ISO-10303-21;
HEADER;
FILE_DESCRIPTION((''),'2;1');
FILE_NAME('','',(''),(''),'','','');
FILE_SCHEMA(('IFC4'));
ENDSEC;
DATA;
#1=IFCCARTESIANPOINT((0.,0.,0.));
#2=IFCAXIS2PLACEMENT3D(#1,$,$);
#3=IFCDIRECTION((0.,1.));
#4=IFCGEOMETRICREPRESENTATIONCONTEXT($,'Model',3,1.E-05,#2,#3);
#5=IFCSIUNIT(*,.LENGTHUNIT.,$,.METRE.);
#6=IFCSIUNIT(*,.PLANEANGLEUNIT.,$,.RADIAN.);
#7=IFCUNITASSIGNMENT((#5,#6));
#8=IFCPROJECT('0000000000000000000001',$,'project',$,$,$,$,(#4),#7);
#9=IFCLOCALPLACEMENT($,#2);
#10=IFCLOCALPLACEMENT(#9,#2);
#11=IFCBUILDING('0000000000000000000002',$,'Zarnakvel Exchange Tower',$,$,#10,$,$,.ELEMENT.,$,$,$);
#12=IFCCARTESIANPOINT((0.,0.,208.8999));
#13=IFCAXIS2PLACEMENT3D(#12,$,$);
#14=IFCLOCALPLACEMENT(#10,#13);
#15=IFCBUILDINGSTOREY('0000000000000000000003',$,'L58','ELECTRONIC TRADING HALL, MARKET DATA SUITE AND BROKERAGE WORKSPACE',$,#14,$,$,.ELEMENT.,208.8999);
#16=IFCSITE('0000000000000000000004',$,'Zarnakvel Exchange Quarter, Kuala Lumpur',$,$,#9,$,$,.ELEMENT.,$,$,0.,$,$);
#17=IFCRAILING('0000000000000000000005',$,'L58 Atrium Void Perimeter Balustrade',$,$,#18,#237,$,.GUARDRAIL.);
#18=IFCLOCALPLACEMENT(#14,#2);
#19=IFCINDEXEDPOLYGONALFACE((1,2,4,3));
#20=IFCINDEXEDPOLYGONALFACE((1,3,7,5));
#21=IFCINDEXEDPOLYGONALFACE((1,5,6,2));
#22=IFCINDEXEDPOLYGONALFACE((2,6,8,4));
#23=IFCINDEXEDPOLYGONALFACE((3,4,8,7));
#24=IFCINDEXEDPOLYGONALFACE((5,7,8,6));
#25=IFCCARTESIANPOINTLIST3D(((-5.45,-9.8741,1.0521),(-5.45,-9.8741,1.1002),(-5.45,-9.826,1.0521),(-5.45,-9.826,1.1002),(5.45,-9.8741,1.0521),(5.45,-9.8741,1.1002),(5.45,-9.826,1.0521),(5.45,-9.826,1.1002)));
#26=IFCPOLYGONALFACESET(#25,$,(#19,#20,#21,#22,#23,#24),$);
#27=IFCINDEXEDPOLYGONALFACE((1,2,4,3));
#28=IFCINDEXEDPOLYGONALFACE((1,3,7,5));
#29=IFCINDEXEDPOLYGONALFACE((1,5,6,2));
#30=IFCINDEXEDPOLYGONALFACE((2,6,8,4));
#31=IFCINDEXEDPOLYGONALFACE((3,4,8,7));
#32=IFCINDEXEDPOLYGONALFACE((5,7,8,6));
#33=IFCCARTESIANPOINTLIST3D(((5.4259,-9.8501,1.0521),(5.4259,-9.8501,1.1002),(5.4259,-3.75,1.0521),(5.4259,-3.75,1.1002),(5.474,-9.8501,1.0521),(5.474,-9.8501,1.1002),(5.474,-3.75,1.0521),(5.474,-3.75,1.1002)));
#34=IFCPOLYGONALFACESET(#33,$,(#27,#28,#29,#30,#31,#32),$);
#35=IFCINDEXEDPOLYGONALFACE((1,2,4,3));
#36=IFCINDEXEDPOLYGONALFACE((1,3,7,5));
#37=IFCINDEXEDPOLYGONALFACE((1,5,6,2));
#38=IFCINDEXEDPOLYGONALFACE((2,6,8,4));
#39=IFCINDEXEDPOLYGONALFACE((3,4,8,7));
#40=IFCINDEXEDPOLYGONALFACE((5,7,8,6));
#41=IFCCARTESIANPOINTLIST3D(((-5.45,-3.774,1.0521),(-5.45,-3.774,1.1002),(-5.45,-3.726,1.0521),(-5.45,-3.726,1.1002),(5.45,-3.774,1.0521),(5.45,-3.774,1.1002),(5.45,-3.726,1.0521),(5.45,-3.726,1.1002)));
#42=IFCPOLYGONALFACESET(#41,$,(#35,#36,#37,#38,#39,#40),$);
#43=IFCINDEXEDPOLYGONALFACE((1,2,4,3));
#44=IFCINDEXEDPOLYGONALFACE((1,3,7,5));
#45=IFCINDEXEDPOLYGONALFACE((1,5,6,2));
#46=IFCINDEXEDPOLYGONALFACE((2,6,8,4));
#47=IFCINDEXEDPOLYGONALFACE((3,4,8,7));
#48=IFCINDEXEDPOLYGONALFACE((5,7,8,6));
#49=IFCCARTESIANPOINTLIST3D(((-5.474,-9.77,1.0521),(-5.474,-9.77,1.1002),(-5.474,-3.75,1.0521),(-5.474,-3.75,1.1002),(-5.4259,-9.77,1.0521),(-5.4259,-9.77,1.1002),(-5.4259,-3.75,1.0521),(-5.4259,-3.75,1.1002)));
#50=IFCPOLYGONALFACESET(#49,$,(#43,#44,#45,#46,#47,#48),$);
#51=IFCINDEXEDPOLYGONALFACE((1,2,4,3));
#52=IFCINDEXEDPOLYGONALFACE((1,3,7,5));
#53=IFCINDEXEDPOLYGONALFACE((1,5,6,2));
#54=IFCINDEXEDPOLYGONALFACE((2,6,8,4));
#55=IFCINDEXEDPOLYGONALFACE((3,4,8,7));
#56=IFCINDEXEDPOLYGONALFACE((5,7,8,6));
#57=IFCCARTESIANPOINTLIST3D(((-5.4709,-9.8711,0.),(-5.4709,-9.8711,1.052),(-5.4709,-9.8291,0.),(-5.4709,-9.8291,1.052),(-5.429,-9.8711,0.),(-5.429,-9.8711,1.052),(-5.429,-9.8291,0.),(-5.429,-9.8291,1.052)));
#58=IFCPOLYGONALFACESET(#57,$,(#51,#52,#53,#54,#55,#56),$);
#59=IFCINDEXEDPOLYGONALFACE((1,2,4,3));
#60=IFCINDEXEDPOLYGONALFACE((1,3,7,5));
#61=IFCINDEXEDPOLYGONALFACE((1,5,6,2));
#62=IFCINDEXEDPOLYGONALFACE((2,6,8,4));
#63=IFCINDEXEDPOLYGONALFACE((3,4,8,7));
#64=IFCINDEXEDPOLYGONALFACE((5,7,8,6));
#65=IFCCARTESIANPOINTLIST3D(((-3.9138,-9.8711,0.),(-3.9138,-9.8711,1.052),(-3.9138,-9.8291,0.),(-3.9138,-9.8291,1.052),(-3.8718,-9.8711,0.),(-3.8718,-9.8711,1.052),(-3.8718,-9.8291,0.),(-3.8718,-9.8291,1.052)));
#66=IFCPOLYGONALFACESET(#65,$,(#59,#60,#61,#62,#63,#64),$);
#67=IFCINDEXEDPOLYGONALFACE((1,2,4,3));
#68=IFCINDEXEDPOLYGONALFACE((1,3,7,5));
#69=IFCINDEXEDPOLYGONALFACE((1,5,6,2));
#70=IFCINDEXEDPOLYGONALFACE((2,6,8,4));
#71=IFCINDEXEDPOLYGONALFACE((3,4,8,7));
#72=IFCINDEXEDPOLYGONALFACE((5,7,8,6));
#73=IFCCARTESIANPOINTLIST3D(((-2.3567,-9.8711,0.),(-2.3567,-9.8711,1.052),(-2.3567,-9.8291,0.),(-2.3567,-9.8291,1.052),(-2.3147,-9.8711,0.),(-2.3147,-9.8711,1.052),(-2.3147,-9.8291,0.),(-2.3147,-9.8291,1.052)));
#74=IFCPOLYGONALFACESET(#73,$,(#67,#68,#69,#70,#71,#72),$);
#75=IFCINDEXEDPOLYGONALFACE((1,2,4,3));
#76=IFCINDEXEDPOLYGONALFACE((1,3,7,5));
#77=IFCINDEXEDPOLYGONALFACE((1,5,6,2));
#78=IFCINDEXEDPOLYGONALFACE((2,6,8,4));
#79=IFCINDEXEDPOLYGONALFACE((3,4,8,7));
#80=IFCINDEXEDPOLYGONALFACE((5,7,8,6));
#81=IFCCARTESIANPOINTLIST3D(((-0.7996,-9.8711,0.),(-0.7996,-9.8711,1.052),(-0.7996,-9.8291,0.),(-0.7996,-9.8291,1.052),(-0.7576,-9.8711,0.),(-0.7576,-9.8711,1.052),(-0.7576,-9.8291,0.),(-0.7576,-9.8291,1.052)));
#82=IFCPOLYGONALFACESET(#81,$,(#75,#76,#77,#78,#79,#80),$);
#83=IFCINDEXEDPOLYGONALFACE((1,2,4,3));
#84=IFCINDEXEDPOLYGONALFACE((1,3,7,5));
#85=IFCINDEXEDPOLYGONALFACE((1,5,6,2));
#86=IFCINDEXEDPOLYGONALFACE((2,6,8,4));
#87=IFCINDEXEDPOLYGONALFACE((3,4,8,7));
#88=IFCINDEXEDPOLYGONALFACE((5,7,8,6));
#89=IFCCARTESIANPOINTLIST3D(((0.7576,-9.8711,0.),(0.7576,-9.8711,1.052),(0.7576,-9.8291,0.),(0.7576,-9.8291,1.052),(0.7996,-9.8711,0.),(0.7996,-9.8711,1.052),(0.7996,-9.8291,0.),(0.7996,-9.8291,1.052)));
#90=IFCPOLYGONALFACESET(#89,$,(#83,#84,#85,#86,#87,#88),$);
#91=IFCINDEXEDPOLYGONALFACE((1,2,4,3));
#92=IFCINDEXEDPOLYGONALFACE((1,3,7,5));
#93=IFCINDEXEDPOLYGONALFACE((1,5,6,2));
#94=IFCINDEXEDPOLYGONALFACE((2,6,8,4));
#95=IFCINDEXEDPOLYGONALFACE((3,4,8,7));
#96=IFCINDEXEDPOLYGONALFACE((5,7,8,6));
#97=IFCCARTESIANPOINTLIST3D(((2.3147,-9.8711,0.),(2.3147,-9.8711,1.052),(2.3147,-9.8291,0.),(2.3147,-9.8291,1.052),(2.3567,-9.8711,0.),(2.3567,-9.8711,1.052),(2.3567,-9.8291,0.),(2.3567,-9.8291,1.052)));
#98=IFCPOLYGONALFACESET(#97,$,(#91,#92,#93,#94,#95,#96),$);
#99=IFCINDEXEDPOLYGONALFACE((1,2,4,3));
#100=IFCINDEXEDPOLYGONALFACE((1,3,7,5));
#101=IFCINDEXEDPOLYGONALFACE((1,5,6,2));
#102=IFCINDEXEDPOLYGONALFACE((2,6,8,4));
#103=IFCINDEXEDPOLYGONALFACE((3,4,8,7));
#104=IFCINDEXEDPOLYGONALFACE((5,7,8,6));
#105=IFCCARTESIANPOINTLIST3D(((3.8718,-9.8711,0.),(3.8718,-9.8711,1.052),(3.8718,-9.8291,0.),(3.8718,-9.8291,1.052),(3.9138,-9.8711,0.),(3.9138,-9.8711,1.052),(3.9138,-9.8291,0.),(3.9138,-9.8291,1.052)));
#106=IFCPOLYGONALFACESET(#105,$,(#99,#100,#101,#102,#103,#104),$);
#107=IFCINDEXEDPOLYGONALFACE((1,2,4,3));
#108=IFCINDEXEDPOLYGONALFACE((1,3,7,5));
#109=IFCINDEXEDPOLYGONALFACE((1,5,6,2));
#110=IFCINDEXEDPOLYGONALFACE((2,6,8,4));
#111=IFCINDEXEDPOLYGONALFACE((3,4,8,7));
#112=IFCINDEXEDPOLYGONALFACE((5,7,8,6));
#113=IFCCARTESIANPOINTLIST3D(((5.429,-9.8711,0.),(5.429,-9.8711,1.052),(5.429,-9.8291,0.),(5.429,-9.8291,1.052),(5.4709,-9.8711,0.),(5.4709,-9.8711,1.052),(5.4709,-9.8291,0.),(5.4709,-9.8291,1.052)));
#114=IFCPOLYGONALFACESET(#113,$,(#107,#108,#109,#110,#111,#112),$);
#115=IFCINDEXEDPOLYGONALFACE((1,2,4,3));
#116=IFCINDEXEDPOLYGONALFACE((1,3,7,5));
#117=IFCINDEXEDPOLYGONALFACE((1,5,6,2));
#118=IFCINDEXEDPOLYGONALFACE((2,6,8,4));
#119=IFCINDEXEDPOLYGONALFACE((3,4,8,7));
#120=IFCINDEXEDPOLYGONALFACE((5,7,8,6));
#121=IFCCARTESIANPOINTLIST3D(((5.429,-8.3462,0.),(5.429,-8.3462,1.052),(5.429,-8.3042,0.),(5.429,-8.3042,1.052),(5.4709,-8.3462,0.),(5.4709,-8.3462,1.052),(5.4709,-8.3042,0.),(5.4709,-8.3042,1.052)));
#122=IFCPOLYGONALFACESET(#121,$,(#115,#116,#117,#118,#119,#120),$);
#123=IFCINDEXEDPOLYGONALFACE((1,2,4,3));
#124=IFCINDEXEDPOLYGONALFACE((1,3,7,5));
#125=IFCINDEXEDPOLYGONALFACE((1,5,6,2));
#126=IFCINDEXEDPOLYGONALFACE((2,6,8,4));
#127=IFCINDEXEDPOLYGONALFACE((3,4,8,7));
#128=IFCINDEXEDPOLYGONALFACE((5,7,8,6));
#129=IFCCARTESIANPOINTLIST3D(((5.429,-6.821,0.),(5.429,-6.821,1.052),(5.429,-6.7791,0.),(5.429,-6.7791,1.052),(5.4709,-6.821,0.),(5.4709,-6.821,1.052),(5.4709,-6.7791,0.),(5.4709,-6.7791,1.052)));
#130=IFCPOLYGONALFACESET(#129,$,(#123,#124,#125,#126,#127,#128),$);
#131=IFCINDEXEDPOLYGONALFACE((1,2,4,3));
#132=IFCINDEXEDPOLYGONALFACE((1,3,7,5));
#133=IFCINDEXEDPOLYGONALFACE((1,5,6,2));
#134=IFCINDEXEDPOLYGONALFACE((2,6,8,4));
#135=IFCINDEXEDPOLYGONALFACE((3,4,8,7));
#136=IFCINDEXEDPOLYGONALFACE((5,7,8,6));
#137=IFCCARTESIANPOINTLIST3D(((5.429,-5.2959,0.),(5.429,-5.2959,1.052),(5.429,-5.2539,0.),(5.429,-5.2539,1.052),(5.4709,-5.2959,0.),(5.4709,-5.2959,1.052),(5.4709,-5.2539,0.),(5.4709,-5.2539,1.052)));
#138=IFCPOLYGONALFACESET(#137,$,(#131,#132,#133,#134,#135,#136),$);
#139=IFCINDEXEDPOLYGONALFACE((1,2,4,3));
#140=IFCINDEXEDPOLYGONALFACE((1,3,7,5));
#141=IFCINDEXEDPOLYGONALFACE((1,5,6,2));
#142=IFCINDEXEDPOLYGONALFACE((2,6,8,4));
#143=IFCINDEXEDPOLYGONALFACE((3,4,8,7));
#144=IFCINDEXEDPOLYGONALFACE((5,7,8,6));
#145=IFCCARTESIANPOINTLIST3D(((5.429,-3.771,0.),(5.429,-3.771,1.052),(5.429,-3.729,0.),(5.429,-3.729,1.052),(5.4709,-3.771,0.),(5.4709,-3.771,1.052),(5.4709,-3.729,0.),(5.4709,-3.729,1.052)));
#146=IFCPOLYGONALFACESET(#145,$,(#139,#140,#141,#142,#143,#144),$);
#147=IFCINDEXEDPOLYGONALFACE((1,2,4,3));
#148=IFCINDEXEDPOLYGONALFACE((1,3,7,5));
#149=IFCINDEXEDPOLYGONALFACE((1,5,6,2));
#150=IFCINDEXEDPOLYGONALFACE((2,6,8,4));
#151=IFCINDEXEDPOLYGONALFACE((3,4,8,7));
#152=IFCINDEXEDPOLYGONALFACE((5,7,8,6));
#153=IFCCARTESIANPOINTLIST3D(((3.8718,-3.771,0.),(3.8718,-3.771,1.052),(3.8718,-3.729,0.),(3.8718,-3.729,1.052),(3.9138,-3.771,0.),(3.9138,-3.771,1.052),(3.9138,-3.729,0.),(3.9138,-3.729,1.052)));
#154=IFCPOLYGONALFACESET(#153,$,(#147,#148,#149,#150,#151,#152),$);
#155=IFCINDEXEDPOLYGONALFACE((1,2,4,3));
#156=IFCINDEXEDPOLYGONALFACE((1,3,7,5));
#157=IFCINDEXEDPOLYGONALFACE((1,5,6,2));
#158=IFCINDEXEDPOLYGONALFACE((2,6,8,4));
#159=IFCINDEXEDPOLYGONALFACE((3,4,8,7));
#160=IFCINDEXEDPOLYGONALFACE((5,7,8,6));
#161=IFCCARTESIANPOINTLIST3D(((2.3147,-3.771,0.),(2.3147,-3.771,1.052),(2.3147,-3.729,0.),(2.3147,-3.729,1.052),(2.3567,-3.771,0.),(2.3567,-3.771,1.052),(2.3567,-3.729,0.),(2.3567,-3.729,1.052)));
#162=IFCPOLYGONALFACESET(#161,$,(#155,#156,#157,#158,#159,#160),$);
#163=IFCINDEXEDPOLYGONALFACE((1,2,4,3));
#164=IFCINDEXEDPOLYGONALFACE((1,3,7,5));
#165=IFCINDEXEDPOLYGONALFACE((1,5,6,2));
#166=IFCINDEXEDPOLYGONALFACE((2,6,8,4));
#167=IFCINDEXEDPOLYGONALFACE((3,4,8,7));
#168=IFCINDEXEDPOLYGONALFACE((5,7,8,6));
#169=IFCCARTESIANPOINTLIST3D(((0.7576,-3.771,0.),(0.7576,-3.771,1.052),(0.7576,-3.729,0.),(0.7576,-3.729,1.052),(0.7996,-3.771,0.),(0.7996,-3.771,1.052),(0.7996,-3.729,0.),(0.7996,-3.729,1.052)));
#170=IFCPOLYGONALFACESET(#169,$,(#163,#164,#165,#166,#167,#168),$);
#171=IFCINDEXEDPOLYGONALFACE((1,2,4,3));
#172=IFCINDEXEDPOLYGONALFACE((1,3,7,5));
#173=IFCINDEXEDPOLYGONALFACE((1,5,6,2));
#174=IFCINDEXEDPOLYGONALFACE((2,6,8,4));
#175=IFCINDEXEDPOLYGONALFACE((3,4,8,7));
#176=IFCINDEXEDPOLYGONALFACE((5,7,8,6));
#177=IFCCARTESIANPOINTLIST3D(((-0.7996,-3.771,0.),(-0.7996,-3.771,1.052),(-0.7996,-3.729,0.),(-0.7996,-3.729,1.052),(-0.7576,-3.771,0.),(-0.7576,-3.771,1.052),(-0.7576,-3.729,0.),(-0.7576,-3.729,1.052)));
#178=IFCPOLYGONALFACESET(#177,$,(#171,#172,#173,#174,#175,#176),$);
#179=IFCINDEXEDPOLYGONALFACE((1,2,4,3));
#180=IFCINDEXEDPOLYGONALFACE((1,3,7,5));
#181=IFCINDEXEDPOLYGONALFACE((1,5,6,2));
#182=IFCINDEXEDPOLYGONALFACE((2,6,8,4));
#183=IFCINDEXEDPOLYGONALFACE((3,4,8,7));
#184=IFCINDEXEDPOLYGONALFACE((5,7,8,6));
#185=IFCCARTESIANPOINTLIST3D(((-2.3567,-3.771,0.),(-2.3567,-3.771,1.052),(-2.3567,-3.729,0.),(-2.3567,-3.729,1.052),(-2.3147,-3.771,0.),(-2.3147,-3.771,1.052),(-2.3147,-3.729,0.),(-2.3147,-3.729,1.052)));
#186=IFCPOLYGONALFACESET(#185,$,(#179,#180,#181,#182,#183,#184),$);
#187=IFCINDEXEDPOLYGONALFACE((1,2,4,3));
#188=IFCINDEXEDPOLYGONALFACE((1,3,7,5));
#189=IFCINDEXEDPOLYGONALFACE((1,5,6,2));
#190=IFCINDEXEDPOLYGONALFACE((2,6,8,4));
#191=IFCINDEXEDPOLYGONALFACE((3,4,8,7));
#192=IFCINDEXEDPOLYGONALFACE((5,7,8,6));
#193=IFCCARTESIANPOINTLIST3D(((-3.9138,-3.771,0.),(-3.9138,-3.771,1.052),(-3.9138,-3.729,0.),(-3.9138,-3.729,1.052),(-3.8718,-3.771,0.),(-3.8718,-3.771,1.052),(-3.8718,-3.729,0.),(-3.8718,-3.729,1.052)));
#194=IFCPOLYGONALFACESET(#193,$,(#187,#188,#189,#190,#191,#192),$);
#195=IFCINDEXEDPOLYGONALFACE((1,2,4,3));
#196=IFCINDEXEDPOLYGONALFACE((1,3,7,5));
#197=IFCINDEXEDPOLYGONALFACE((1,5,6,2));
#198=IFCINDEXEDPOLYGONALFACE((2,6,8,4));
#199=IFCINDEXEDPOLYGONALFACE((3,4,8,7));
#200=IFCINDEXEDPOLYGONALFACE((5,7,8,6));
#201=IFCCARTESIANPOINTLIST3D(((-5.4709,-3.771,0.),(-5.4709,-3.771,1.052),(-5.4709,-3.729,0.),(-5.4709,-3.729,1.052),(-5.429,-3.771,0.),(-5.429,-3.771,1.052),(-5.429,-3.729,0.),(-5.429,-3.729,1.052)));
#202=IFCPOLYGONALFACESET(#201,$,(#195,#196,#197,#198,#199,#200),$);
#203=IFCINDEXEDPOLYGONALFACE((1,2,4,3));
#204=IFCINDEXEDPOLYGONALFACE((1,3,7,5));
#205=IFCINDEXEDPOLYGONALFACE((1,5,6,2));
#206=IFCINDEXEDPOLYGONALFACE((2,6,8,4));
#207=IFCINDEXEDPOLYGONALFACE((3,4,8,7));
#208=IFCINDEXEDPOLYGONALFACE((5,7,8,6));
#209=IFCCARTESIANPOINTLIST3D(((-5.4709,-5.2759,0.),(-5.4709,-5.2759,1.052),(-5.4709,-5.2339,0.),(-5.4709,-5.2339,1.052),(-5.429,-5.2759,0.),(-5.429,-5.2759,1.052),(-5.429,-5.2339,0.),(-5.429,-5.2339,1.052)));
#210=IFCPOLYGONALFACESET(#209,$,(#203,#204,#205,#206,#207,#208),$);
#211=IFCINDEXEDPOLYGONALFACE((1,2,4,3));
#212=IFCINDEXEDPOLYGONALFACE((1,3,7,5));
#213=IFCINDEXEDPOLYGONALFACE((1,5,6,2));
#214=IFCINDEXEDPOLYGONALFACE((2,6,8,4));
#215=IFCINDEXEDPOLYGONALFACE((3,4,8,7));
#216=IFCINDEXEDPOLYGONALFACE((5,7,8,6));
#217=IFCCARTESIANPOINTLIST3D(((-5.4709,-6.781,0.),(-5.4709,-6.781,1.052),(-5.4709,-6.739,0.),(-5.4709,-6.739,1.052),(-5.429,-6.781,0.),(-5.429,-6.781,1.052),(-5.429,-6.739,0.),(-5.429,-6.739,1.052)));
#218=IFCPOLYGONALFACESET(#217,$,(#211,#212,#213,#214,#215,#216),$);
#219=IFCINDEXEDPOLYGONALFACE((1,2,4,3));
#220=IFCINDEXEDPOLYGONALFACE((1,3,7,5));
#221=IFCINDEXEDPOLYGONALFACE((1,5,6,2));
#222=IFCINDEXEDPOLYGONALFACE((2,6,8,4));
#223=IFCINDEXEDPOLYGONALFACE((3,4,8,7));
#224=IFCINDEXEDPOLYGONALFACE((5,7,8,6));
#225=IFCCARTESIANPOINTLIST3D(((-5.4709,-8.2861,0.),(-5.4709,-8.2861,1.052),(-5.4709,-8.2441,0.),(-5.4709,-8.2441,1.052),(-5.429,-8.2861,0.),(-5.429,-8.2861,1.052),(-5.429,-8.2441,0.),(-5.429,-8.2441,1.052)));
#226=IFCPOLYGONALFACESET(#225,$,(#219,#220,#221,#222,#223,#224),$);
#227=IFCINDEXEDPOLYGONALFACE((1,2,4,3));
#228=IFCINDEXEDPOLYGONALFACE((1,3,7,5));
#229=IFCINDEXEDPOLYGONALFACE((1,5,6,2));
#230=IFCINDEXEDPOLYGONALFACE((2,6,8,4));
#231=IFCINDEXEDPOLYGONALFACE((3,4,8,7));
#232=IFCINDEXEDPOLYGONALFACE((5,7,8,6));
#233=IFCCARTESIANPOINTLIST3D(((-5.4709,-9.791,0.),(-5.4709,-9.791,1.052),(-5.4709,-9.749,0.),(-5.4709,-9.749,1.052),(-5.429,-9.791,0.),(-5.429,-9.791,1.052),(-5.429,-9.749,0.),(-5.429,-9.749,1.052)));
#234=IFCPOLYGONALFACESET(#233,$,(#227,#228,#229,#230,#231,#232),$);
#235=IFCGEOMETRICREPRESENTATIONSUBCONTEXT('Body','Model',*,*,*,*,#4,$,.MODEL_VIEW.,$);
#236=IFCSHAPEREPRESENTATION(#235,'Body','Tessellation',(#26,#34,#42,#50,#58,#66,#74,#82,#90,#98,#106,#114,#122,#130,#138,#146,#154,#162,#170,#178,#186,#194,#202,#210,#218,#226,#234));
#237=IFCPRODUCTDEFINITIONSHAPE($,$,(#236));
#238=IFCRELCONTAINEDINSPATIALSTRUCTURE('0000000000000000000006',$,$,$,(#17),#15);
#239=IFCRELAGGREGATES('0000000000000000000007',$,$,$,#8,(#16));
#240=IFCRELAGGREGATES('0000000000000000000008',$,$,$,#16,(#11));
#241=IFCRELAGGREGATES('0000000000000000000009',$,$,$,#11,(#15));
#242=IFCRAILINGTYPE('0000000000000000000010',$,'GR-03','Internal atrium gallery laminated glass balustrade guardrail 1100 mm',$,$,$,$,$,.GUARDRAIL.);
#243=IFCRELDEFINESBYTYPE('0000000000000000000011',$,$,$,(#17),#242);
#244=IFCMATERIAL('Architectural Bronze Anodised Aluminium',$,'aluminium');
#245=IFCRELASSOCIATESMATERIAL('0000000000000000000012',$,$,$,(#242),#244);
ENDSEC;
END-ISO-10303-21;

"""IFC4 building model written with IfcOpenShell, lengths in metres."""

from ifc_helpers import new_model, si_unit, direction, frame, origin, origin_2d, place, context, subcontext, project, spatial, rectangle, extrude, material, type_object, element, save


model = new_model("IFC4")

# Units and contexts
model_context = context("Model", 3, precision=1e-05, world=origin(), true_north=direction((0.0, 1.0)))
body_context = subcontext(model_context, "Body", "Model", "MODEL_VIEW")
ifc_project = project(units=[si_unit("LENGTHUNIT", "METRE"), si_unit("PLANEANGLEUNIT", "RADIAN")], contexts=[model_context])

# Site, building, storey
site_placement = place(None, origin())
site = spatial("IfcSite", under=ifc_project, at=site_placement, Name="Zarnakvel Exchange Quarter, Kuala Lumpur", CompositionType="ELEMENT", RefElevation=0.0)
building_placement = place(site_placement, origin())
building = spatial("IfcBuilding", under=site, at=building_placement, Name="Zarnakvel Exchange Tower", CompositionType="ELEMENT")
storey_placement = place(building_placement, frame((0.0, 0.0, 208.8999)))
storey = spatial("IfcBuildingStorey", under=building, at=storey_placement, Name="L58", Description="ELECTRONIC TRADING HALL, MARKET DATA SUITE AND BROKERAGE WORKSPACE", CompositionType="ELEMENT", Elevation=208.8999)

# Railing
ifc_material_1 = material(Name="Architectural Bronze Anodised Aluminium", Category="aluminium")
railing_type = type_object("IfcRailingType", Name="GR-03", Description="Internal atrium gallery laminated glass balustrade guardrail 1100 mm", PredefinedType="GUARDRAIL", material=ifc_material_1)
railing_placement = place(storey_placement, frame((-5.45, -9.8501, 0.0)))
element("IfcRailing", 1, at=railing_placement, inside=storey, type_object=railing_type, Name="L58 Atrium Void Perimeter Balustrade", PredefinedType="GUARDRAIL", context=body_context, shape_type="SweptSolid", body=[
    extrude(rectangle(XDim=0.0481, YDim=0.0481, at=origin_2d()), frame((0.0, 0.0, 1.0762), z_axis=(1.0, 0.0, 0.0), x_axis=(0.0, 1.0, 0.0)), (0.0, 0.0, 1.0), 10.8999),
    extrude(rectangle(XDim=0.0481, YDim=0.0481, at=origin_2d()), frame((10.8999, 0.0, 1.0762), z_axis=(0.0, 1.0, 0.0), x_axis=(-1.0, 0.0, 0.0)), (0.0, 0.0, 1.0), 6.1001),
    extrude(rectangle(XDim=0.0481, YDim=0.0481, at=origin_2d()), frame((10.8999, 6.1001, 1.0762), z_axis=(-1.0, 0.0, 0.0), x_axis=(0.0, -1.0, 0.0)), (0.0, 0.0, 1.0), 10.8999),
    extrude(rectangle(XDim=0.0481, YDim=0.0481, at=origin_2d()), frame((0.0, 6.1001, 1.0762), z_axis=(0.0, -1.0, 0.0), x_axis=(1.0, 0.0, 0.0)), (0.0, 0.0, 1.0), 6.02),
    extrude(rectangle(XDim=0.042, YDim=0.042, at=origin_2d()), origin(), (0.0, 0.0, 1.0), 1.052),
    extrude(rectangle(XDim=0.042, YDim=0.042, at=origin_2d()), frame((1.5571, 0.0, 0.0)), (0.0, 0.0, 1.0), 1.052),
    extrude(rectangle(XDim=0.042, YDim=0.042, at=origin_2d()), frame((3.1143, 0.0, 0.0)), (0.0, 0.0, 1.0), 1.052),
    extrude(rectangle(XDim=0.042, YDim=0.042, at=origin_2d()), frame((4.6714, 0.0, 0.0)), (0.0, 0.0, 1.0), 1.052),
    extrude(rectangle(XDim=0.042, YDim=0.042, at=origin_2d()), frame((6.2285, 0.0, 0.0)), (0.0, 0.0, 1.0), 1.052),
    extrude(rectangle(XDim=0.042, YDim=0.042, at=origin_2d()), frame((7.7856, 0.0, 0.0)), (0.0, 0.0, 1.0), 1.052),
    extrude(rectangle(XDim=0.042, YDim=0.042, at=origin_2d()), frame((9.3428, 0.0, 0.0)), (0.0, 0.0, 1.0), 1.052),
    extrude(rectangle(XDim=0.042, YDim=0.042, at=origin_2d()), frame((10.8999, 0.0, 0.0)), (0.0, 0.0, 1.0), 1.052),
    extrude(rectangle(XDim=0.042, YDim=0.042, at=origin_2d()), frame((10.8999, 1.5249, 0.0)), (0.0, 0.0, 1.0), 1.052),
    extrude(rectangle(XDim=0.042, YDim=0.042, at=origin_2d()), frame((10.8999, 3.05, 0.0)), (0.0, 0.0, 1.0), 1.052),
    extrude(rectangle(XDim=0.042, YDim=0.042, at=origin_2d()), frame((10.8999, 4.5752, 0.0)), (0.0, 0.0, 1.0), 1.052),
    extrude(rectangle(XDim=0.042, YDim=0.042, at=origin_2d()), frame((10.8999, 6.1001, 0.0)), (0.0, 0.0, 1.0), 1.052),
    extrude(rectangle(XDim=0.042, YDim=0.042, at=origin_2d()), frame((9.3428, 6.1001, 0.0)), (0.0, 0.0, 1.0), 1.052),
    extrude(rectangle(XDim=0.042, YDim=0.042, at=origin_2d()), frame((7.7856, 6.1001, 0.0)), (0.0, 0.0, 1.0), 1.052),
    extrude(rectangle(XDim=0.042, YDim=0.042, at=origin_2d()), frame((6.2285, 6.1001, 0.0)), (0.0, 0.0, 1.0), 1.052),
    extrude(rectangle(XDim=0.042, YDim=0.042, at=origin_2d()), frame((4.6714, 6.1001, 0.0)), (0.0, 0.0, 1.0), 1.052),
    extrude(rectangle(XDim=0.042, YDim=0.042, at=origin_2d()), frame((3.1143, 6.1001, 0.0)), (0.0, 0.0, 1.0), 1.052),
    extrude(rectangle(XDim=0.042, YDim=0.042, at=origin_2d()), frame((1.5571, 6.1001, 0.0)), (0.0, 0.0, 1.0), 1.052),
    extrude(rectangle(XDim=0.042, YDim=0.042, at=origin_2d()), frame((0.0, 6.1001, 0.0)), (0.0, 0.0, 1.0), 1.052),
    extrude(rectangle(XDim=0.042, YDim=0.042, at=origin_2d()), frame((0.0, 4.5952, 0.0)), (0.0, 0.0, 1.0), 1.052),
    extrude(rectangle(XDim=0.042, YDim=0.042, at=origin_2d()), frame((0.0, 3.0901, 0.0)), (0.0, 0.0, 1.0), 1.052),
    extrude(rectangle(XDim=0.042, YDim=0.042, at=origin_2d()), frame((0.0, 1.585, 0.0)), (0.0, 0.0, 1.0), 1.052),
    extrude(rectangle(XDim=0.042, YDim=0.042, at=origin_2d()), frame((0.0, 0.0801, 0.0)), (0.0, 0.0, 1.0), 1.052),
])

save(model, "model.ifc")
